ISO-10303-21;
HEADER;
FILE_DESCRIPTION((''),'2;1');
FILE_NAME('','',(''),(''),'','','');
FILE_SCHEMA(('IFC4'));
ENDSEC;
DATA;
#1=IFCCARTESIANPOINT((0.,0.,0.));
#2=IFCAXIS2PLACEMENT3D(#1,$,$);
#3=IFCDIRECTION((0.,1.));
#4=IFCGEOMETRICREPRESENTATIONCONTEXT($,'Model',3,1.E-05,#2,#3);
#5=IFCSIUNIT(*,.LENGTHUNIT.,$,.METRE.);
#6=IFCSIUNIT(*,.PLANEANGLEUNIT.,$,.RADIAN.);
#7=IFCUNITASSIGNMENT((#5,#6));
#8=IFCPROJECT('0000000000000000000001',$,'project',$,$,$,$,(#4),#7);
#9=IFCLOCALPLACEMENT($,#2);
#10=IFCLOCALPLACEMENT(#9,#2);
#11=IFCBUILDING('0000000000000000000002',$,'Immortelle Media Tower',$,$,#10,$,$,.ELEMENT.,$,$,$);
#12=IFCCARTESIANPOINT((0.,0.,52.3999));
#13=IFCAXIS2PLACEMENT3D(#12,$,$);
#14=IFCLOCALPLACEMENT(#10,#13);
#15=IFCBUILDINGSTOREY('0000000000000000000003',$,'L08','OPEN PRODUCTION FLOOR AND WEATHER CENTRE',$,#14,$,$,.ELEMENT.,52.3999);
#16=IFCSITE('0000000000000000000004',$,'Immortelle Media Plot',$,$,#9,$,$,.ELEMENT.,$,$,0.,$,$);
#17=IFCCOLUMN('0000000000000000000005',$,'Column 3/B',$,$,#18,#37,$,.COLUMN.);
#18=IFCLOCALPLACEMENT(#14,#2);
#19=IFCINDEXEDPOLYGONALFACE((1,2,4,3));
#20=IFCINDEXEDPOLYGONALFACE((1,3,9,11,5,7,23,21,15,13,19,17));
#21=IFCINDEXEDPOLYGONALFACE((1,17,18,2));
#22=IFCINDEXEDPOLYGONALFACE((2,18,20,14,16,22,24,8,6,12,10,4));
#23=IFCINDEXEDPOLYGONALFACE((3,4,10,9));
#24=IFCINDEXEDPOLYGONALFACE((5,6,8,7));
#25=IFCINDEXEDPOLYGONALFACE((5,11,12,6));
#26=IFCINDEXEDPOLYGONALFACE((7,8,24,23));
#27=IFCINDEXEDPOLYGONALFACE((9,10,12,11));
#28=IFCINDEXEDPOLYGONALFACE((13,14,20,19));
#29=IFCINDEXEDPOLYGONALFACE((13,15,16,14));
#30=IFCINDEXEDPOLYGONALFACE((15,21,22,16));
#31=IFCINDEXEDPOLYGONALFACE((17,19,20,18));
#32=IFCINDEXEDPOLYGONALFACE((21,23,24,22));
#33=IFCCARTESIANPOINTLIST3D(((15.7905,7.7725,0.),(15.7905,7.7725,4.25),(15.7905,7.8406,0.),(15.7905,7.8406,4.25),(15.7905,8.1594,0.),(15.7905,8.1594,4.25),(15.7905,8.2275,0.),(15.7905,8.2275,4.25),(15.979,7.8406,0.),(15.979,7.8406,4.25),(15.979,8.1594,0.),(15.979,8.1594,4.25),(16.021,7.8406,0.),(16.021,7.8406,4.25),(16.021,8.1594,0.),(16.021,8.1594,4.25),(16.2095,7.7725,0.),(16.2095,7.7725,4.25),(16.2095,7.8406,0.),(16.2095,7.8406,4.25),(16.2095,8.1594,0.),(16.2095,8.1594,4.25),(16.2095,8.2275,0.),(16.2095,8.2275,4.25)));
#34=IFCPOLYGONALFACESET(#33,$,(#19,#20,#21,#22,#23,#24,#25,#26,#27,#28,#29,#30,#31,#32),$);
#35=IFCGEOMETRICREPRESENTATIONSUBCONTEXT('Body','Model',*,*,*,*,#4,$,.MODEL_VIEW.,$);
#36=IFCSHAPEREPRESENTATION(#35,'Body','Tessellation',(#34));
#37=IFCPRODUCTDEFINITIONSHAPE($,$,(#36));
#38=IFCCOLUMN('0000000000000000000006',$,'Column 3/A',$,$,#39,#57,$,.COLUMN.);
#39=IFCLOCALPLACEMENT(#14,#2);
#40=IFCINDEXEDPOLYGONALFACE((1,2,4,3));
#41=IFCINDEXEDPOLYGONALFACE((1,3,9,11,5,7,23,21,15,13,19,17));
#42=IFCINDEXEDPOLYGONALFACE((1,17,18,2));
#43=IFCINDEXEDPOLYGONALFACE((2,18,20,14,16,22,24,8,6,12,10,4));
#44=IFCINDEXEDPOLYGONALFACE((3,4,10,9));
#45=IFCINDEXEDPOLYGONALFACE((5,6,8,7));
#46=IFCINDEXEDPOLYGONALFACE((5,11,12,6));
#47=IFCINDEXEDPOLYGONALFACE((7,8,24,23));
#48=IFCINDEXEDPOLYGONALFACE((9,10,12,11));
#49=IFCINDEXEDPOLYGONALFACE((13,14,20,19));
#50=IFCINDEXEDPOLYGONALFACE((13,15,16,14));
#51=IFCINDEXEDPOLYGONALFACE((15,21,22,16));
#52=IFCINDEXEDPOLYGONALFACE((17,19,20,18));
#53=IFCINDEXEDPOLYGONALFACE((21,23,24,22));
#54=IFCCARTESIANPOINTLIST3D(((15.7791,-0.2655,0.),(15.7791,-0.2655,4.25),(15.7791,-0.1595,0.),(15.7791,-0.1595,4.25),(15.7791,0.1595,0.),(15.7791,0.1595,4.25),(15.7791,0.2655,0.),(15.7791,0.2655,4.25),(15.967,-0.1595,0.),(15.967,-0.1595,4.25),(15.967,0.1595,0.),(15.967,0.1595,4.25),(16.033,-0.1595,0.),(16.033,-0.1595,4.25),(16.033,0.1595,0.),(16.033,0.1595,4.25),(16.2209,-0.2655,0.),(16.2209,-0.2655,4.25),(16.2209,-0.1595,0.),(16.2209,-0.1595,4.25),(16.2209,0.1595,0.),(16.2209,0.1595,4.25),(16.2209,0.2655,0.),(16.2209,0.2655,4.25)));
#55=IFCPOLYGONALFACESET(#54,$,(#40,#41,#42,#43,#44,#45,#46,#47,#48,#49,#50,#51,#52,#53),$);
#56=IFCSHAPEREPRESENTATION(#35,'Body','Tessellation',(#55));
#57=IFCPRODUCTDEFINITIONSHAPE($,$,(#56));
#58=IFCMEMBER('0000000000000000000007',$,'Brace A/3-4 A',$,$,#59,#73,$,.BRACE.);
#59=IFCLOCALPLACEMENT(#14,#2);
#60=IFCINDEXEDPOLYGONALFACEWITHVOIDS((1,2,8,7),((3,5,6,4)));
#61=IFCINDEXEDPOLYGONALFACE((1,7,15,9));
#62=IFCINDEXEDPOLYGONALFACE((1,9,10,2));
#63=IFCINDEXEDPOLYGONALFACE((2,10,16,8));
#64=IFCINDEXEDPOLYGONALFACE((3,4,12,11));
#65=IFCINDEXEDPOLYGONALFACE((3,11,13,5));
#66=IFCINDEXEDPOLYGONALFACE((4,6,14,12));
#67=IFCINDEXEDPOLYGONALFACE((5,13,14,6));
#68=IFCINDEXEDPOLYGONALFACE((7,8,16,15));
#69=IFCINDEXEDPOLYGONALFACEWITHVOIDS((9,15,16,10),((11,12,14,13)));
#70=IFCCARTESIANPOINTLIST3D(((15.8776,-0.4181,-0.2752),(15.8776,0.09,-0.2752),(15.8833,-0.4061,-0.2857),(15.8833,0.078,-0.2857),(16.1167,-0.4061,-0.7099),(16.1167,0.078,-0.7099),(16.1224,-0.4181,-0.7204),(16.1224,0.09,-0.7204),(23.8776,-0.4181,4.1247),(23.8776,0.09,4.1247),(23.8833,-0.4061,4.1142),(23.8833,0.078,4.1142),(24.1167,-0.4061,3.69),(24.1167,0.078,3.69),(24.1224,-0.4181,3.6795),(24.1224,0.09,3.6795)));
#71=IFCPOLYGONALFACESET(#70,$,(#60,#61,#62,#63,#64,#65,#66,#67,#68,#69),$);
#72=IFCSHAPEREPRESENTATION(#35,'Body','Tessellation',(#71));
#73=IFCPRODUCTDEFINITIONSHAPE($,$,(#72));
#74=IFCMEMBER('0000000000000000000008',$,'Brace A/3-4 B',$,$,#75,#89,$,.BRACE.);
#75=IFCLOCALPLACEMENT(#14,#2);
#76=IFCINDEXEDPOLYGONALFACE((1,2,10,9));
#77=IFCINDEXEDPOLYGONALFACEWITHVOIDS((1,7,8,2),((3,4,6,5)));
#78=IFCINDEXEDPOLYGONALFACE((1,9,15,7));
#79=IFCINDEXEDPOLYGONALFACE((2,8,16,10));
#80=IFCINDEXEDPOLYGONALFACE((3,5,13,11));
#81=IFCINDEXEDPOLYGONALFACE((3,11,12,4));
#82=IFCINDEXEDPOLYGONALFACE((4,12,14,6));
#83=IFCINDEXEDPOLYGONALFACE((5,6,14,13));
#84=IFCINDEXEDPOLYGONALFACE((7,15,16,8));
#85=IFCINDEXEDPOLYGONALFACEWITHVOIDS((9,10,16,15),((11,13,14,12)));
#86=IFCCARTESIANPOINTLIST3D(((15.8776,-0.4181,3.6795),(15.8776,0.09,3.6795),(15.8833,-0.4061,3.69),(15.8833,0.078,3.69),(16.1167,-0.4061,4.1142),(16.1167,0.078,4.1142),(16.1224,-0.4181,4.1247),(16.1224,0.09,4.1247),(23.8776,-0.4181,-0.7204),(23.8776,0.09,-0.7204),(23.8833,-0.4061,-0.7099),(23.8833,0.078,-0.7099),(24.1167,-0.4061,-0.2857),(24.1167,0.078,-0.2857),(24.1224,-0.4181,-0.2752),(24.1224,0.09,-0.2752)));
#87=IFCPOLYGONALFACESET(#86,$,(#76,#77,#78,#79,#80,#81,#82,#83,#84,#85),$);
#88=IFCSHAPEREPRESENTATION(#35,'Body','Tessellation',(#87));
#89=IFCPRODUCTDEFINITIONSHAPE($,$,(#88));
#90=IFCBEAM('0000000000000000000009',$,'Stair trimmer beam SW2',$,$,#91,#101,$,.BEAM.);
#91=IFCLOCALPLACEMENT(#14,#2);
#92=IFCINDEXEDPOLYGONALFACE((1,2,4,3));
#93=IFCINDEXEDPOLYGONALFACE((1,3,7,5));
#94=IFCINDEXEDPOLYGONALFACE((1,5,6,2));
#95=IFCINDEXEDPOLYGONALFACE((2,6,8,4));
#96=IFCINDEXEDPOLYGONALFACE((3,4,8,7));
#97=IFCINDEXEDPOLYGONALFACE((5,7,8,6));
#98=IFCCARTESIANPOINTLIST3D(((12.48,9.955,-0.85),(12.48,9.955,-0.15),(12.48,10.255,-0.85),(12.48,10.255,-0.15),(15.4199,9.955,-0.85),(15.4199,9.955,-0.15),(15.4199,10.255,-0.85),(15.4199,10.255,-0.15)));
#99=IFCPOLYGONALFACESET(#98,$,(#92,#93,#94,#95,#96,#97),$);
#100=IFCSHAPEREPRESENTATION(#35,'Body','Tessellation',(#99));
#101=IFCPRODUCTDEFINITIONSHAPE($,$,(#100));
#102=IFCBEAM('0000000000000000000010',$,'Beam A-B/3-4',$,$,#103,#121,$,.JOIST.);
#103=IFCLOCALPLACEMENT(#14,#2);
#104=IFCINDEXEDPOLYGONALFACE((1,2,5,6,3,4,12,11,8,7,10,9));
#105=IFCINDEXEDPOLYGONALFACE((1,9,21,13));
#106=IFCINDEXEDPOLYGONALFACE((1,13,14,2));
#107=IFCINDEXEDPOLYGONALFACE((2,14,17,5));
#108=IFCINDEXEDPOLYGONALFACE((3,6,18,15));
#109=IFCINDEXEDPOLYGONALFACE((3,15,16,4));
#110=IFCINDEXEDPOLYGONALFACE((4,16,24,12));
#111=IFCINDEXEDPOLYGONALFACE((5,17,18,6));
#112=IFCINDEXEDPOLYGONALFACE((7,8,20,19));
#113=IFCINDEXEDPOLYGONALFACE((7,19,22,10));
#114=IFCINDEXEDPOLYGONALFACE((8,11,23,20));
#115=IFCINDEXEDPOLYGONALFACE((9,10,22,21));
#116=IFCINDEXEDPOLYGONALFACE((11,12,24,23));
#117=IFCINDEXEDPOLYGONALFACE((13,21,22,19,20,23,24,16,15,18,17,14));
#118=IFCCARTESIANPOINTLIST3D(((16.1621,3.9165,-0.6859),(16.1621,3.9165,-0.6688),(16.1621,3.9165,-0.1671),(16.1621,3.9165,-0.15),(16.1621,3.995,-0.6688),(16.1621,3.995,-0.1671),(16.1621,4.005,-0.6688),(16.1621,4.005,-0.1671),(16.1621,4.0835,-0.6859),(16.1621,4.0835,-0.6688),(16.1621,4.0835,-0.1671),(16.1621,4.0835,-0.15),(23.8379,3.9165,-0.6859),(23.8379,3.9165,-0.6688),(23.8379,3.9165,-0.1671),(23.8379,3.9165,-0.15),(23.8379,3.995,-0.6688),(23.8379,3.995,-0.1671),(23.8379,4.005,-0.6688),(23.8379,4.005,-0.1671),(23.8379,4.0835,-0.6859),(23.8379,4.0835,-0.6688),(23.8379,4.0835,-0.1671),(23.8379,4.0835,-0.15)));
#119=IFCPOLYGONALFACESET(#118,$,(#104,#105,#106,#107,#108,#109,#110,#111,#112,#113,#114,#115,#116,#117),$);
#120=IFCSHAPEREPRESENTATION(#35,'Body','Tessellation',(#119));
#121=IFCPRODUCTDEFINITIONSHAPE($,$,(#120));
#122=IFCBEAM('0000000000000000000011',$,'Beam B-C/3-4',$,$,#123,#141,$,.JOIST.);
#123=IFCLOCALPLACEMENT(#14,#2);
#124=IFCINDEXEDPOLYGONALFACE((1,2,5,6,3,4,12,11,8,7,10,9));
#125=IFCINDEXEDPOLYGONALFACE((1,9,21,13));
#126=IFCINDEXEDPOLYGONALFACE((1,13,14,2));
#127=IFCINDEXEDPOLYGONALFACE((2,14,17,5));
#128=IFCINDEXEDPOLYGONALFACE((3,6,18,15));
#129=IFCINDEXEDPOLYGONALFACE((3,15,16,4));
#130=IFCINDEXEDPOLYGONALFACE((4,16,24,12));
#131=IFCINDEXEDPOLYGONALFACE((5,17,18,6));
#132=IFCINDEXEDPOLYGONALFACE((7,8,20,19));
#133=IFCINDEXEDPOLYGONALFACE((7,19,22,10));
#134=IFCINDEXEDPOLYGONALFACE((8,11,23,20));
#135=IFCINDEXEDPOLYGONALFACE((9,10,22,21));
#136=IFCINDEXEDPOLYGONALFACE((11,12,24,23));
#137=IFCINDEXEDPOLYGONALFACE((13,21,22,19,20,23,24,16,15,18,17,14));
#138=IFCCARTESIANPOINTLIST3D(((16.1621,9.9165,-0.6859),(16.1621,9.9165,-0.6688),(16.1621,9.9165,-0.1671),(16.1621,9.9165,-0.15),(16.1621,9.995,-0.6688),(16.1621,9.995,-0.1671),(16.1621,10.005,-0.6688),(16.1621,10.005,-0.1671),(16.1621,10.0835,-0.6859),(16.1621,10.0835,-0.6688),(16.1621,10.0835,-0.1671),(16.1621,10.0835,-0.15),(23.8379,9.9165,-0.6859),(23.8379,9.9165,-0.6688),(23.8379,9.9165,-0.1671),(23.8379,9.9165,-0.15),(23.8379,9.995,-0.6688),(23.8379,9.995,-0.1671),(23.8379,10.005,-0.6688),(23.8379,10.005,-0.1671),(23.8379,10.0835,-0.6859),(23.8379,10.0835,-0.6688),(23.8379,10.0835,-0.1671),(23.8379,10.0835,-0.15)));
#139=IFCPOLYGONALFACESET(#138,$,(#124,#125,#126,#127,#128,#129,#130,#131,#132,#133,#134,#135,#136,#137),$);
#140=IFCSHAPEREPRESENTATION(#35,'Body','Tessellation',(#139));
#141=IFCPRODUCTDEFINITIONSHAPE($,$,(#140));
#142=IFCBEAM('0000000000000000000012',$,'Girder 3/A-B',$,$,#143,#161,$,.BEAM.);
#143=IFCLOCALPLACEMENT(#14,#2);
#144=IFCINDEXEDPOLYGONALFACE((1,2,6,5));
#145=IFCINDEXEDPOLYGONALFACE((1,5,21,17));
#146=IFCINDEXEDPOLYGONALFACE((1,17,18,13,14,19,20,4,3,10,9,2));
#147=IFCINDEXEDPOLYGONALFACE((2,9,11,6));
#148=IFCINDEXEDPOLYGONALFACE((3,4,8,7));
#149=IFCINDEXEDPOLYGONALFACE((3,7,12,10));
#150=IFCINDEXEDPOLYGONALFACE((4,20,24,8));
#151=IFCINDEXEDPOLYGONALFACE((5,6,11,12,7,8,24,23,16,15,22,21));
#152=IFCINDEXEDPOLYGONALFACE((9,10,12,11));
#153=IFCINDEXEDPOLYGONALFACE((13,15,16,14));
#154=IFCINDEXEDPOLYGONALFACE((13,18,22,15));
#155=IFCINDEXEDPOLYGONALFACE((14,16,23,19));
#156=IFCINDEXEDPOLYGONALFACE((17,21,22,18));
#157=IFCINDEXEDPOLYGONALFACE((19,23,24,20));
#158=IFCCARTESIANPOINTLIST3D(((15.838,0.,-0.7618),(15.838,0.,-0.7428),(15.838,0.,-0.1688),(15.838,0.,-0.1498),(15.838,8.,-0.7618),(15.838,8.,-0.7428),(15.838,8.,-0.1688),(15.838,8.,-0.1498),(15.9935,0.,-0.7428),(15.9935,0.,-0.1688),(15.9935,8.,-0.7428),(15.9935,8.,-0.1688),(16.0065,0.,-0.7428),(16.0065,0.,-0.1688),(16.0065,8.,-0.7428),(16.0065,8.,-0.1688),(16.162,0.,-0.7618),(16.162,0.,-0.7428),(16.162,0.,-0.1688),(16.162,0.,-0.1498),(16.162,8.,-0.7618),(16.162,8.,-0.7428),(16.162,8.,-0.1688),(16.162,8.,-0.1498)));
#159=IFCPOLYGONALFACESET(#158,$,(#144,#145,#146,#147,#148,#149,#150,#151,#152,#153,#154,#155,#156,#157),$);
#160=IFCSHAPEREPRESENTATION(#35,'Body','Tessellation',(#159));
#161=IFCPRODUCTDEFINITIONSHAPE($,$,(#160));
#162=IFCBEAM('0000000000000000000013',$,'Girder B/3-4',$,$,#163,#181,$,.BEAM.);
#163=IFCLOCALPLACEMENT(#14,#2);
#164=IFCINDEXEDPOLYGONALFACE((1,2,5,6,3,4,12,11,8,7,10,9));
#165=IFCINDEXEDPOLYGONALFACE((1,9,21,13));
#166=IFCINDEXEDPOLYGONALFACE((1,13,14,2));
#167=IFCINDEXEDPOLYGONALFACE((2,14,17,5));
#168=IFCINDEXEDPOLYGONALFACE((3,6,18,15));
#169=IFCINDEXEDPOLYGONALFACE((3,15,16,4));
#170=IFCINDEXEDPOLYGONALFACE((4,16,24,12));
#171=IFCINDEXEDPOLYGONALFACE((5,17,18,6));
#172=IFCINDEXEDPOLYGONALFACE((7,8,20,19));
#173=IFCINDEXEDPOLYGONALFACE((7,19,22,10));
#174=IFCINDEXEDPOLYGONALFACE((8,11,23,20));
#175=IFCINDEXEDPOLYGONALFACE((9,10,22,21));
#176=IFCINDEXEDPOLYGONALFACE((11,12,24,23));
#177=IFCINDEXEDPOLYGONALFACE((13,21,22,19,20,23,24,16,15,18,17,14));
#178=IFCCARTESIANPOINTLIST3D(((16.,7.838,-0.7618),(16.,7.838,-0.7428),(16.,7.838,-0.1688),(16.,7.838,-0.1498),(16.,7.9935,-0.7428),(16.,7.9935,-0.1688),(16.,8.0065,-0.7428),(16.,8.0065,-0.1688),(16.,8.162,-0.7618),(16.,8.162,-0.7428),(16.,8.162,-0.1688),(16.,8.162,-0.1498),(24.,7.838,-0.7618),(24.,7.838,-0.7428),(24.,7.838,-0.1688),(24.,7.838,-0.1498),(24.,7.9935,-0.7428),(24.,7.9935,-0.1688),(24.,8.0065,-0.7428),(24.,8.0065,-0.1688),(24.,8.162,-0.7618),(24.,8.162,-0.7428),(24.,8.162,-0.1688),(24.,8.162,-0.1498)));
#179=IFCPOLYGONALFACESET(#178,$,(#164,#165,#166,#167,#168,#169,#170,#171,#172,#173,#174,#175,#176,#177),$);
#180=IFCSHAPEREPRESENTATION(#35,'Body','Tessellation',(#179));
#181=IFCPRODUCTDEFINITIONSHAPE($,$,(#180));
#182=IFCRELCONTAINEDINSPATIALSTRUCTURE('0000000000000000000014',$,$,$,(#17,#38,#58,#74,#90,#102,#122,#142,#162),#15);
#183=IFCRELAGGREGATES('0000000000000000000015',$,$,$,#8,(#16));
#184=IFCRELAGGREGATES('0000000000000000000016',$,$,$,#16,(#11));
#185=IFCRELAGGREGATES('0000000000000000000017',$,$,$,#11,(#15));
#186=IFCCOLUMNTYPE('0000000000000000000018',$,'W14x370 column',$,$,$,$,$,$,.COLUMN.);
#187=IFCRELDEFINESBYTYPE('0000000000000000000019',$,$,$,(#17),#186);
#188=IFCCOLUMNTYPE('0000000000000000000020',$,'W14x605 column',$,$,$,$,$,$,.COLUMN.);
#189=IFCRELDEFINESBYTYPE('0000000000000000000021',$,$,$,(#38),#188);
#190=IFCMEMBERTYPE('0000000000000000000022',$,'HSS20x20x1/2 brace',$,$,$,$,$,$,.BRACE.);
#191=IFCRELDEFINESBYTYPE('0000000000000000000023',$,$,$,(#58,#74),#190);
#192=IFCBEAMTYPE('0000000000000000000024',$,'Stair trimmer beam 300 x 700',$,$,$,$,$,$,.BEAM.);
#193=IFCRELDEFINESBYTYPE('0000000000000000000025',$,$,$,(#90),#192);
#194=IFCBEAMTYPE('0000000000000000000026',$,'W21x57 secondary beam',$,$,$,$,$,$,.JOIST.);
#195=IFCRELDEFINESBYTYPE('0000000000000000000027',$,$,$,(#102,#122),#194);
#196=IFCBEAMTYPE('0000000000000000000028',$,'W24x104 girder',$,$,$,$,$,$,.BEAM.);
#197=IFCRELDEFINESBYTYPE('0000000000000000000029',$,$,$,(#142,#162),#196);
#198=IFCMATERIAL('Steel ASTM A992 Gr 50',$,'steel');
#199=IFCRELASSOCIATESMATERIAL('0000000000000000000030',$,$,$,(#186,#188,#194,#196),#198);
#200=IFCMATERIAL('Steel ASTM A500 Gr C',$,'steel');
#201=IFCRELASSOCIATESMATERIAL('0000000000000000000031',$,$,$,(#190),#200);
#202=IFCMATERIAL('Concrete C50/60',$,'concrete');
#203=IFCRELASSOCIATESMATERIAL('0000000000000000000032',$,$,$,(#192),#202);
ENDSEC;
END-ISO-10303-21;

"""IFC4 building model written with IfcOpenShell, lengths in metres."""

from ifc_helpers import new_model, si_unit, direction, frame, origin, origin_2d, place, context, subcontext, project, spatial, rectangle, hollow_rectangle, i_section, extrude, material, material_profile, profile_set, type_object, element, save


model = new_model("IFC4")

# Units and contexts
model_context = context("Model", 3, precision=1e-05, world=origin(), true_north=direction((0.0, 1.0)))
body_context = subcontext(model_context, "Body", "Model", "MODEL_VIEW")
ifc_project = project(units=[si_unit("LENGTHUNIT", "METRE"), si_unit("PLANEANGLEUNIT", "RADIAN")], contexts=[model_context])

# Site, building, storey
site_placement = place(None, origin())
site = spatial("IfcSite", under=ifc_project, at=site_placement, Name="Immortelle Media Plot", CompositionType="ELEMENT", RefElevation=0.0)
building_placement = place(site_placement, origin())
building = spatial("IfcBuilding", under=site, at=building_placement, Name="Immortelle Media Tower", CompositionType="ELEMENT")
storey_placement = place(building_placement, frame((0.0, 0.0, 52.3999)))
storey = spatial("IfcBuildingStorey", under=building, at=storey_placement, Name="L08", Description="OPEN PRODUCTION FLOOR AND WEATHER CENTRE", CompositionType="ELEMENT", Elevation=52.3999)

# Columns
ifc_material_1 = material(Name="Steel ASTM A992 Gr 50", Category="steel")
ifc_material_profile_1 = material_profile(ifc_material_1, i_section(OverallWidth=0.4189, OverallDepth=0.4551, WebThickness=0.042, FlangeThickness=0.0681, at=origin_2d()), Name="W14x370")
ifc_profile_set_1 = profile_set([ifc_material_profile_1], Name="Steel ASTM A992 Gr 50")
column_type_1 = type_object("IfcColumnType", Name="W14x370 column", PredefinedType="COLUMN", material=ifc_profile_set_1)
column_1_placement = place(storey_placement, frame((16.0, 8.0, 0.0), z_axis=(0.0, 0.0, 1.0), x_axis=(1.0, 0.0, 0.0)))
element("IfcColumn", 1, at=column_1_placement, inside=storey, type_object=column_type_1, Name="Column 3/B", PredefinedType="COLUMN", context=body_context, shape_type="SweptSolid", body=[
    extrude(i_section(OverallWidth=0.4189, OverallDepth=0.4551, WebThickness=0.042, FlangeThickness=0.0681, at=origin_2d()), origin(), (0.0, 0.0, 1.0), 4.25),
])
ifc_material_profile_2 = material_profile(ifc_material_1, i_section(OverallWidth=0.4419, OverallDepth=0.531, WebThickness=0.0659, FlangeThickness=0.106, at=origin_2d()), Name="W14x605")
ifc_profile_set_2 = profile_set([ifc_material_profile_2], Name="Steel ASTM A992 Gr 50")
column_type_2 = type_object("IfcColumnType", Name="W14x605 column", PredefinedType="COLUMN", material=ifc_profile_set_2)
column_2_placement = place(storey_placement, frame((16.0, 0.0, 0.0), z_axis=(0.0, 0.0, 1.0), x_axis=(1.0, 0.0, 0.0)))
element("IfcColumn", 2, at=column_2_placement, inside=storey, type_object=column_type_2, Name="Column 3/A", PredefinedType="COLUMN", context=body_context, shape_type="SweptSolid", body=[
    extrude(i_section(OverallWidth=0.4419, OverallDepth=0.531, WebThickness=0.0659, FlangeThickness=0.106, at=origin_2d()), origin(), (0.0, 0.0, 1.0), 4.25),
])

# Members
ifc_material_2 = material(Name="Steel ASTM A500 Gr C", Category="steel")
ifc_material_profile_3 = material_profile(ifc_material_2, hollow_rectangle(XDim=0.5081, YDim=0.5081, WallThickness=0.012, at=origin_2d()), Name="HSS20x20x1/2 brace")
ifc_profile_set_3 = profile_set([ifc_material_profile_3], Name="Steel ASTM A500 Gr C")
member_type = type_object("IfcMemberType", Name="HSS20x20x1/2 brace", PredefinedType="BRACE", material=ifc_profile_set_3)
for number, where, z_axis, x_axis, name in (
    (3, (16.0, -0.1641, -0.4978), (0.87622, 0.0, 0.481911), (0.0, 1.0, 0.0), "Brace A/3-4 A"),
    (4, (16.0, -0.1641, 3.9021), (0.87622, 0.0, -0.481911), (0.0, 1.0, 0.0), "Brace A/3-4 B"),
):
    element("IfcMember", number, at=place(storey_placement, frame(where, z_axis=z_axis, x_axis=x_axis)), inside=storey, type_object=member_type, Name=name, PredefinedType="BRACE", context=body_context, shape_type="SweptSolid", body=[
        extrude(hollow_rectangle(XDim=0.5081, YDim=0.5081, WallThickness=0.012, at=origin_2d()), origin(), (0.0, 0.0, 1.0), 9.1301),
    ])

# Beams
ifc_material_3 = material(Name="Concrete C50/60", Category="concrete")
ifc_material_profile_4 = material_profile(ifc_material_3, rectangle(XDim=0.3, YDim=0.7, at=origin_2d()), Name="RC 300x700")
ifc_profile_set_4 = profile_set([ifc_material_profile_4], Name="Concrete C50/60")
beam_type_1 = type_object("IfcBeamType", Name="Stair trimmer beam 300 x 700", PredefinedType="BEAM", material=ifc_profile_set_4)
beam_1_placement = place(storey_placement, frame((12.48, 10.105, -0.5), z_axis=(1.0, 0.0, 0.0), x_axis=(0.0, 1.0, 0.0)))
element("IfcBeam", 5, at=beam_1_placement, inside=storey, type_object=beam_type_1, Name="Stair trimmer beam SW2", PredefinedType="BEAM", context=body_context, shape_type="SweptSolid", body=[
    extrude(rectangle(XDim=0.3, YDim=0.7, at=origin_2d()), origin(), (0.0, 0.0, 1.0), 2.9399),
])
ifc_material_profile_5 = material_profile(ifc_material_1, i_section(OverallWidth=0.167, OverallDepth=0.5359, WebThickness=0.01, FlangeThickness=0.0171, at=origin_2d()), Name="W21x57")
ifc_profile_set_5 = profile_set([ifc_material_profile_5], Name="Steel ASTM A992 Gr 50")
beam_type_2 = type_object("IfcBeamType", Name="W21x57 secondary beam", PredefinedType="JOIST", material=ifc_profile_set_5)
for number, where, z_axis, x_axis, name in (
    (6, (16.1621, 4.0, -0.418), (1.0, 0.0, 0.0), (0.0, 1.0, 0.0), "Beam A-B/3-4"),
    (7, (16.1621, 10.0, -0.418), (1.0, 0.0, 0.0), (0.0, 1.0, 0.0), "Beam B-C/3-4"),
):
    element("IfcBeam", number, at=place(storey_placement, frame(where, z_axis=z_axis, x_axis=x_axis)), inside=storey, type_object=beam_type_2, Name=name, PredefinedType="JOIST", context=body_context, shape_type="SweptSolid", body=[
        extrude(i_section(OverallWidth=0.167, OverallDepth=0.5359, WebThickness=0.01, FlangeThickness=0.0171, at=origin_2d()), origin(), (0.0, 0.0, 1.0), 7.6758),
    ])
ifc_material_profile_6 = material_profile(ifc_material_1, i_section(OverallWidth=0.324, OverallDepth=0.6121, WebThickness=0.0129, FlangeThickness=0.019, at=origin_2d()), Name="W24x104")
ifc_profile_set_6 = profile_set([ifc_material_profile_6], Name="Steel ASTM A992 Gr 50")
beam_type_3 = type_object("IfcBeamType", Name="W24x104 girder", PredefinedType="BEAM", material=ifc_profile_set_6)
for number, where, z_axis, x_axis, name in (
    (8, (16.0, 0.0, -0.4558), (0.0, 1.0, 0.0), (-1.0, 0.0, 0.0), "Girder 3/A-B"),
    (9, (16.0, 8.0, -0.4558), (1.0, 0.0, 0.0), (0.0, 1.0, 0.0), "Girder B/3-4"),
):
    element("IfcBeam", number, at=place(storey_placement, frame(where, z_axis=z_axis, x_axis=x_axis)), inside=storey, type_object=beam_type_3, Name=name, PredefinedType="BEAM", context=body_context, shape_type="SweptSolid", body=[
        extrude(i_section(OverallWidth=0.324, OverallDepth=0.6121, WebThickness=0.0129, FlangeThickness=0.019, at=origin_2d()), origin(), (0.0, 0.0, 1.0), 8.0),
    ])

save(model, "model.ifc")
